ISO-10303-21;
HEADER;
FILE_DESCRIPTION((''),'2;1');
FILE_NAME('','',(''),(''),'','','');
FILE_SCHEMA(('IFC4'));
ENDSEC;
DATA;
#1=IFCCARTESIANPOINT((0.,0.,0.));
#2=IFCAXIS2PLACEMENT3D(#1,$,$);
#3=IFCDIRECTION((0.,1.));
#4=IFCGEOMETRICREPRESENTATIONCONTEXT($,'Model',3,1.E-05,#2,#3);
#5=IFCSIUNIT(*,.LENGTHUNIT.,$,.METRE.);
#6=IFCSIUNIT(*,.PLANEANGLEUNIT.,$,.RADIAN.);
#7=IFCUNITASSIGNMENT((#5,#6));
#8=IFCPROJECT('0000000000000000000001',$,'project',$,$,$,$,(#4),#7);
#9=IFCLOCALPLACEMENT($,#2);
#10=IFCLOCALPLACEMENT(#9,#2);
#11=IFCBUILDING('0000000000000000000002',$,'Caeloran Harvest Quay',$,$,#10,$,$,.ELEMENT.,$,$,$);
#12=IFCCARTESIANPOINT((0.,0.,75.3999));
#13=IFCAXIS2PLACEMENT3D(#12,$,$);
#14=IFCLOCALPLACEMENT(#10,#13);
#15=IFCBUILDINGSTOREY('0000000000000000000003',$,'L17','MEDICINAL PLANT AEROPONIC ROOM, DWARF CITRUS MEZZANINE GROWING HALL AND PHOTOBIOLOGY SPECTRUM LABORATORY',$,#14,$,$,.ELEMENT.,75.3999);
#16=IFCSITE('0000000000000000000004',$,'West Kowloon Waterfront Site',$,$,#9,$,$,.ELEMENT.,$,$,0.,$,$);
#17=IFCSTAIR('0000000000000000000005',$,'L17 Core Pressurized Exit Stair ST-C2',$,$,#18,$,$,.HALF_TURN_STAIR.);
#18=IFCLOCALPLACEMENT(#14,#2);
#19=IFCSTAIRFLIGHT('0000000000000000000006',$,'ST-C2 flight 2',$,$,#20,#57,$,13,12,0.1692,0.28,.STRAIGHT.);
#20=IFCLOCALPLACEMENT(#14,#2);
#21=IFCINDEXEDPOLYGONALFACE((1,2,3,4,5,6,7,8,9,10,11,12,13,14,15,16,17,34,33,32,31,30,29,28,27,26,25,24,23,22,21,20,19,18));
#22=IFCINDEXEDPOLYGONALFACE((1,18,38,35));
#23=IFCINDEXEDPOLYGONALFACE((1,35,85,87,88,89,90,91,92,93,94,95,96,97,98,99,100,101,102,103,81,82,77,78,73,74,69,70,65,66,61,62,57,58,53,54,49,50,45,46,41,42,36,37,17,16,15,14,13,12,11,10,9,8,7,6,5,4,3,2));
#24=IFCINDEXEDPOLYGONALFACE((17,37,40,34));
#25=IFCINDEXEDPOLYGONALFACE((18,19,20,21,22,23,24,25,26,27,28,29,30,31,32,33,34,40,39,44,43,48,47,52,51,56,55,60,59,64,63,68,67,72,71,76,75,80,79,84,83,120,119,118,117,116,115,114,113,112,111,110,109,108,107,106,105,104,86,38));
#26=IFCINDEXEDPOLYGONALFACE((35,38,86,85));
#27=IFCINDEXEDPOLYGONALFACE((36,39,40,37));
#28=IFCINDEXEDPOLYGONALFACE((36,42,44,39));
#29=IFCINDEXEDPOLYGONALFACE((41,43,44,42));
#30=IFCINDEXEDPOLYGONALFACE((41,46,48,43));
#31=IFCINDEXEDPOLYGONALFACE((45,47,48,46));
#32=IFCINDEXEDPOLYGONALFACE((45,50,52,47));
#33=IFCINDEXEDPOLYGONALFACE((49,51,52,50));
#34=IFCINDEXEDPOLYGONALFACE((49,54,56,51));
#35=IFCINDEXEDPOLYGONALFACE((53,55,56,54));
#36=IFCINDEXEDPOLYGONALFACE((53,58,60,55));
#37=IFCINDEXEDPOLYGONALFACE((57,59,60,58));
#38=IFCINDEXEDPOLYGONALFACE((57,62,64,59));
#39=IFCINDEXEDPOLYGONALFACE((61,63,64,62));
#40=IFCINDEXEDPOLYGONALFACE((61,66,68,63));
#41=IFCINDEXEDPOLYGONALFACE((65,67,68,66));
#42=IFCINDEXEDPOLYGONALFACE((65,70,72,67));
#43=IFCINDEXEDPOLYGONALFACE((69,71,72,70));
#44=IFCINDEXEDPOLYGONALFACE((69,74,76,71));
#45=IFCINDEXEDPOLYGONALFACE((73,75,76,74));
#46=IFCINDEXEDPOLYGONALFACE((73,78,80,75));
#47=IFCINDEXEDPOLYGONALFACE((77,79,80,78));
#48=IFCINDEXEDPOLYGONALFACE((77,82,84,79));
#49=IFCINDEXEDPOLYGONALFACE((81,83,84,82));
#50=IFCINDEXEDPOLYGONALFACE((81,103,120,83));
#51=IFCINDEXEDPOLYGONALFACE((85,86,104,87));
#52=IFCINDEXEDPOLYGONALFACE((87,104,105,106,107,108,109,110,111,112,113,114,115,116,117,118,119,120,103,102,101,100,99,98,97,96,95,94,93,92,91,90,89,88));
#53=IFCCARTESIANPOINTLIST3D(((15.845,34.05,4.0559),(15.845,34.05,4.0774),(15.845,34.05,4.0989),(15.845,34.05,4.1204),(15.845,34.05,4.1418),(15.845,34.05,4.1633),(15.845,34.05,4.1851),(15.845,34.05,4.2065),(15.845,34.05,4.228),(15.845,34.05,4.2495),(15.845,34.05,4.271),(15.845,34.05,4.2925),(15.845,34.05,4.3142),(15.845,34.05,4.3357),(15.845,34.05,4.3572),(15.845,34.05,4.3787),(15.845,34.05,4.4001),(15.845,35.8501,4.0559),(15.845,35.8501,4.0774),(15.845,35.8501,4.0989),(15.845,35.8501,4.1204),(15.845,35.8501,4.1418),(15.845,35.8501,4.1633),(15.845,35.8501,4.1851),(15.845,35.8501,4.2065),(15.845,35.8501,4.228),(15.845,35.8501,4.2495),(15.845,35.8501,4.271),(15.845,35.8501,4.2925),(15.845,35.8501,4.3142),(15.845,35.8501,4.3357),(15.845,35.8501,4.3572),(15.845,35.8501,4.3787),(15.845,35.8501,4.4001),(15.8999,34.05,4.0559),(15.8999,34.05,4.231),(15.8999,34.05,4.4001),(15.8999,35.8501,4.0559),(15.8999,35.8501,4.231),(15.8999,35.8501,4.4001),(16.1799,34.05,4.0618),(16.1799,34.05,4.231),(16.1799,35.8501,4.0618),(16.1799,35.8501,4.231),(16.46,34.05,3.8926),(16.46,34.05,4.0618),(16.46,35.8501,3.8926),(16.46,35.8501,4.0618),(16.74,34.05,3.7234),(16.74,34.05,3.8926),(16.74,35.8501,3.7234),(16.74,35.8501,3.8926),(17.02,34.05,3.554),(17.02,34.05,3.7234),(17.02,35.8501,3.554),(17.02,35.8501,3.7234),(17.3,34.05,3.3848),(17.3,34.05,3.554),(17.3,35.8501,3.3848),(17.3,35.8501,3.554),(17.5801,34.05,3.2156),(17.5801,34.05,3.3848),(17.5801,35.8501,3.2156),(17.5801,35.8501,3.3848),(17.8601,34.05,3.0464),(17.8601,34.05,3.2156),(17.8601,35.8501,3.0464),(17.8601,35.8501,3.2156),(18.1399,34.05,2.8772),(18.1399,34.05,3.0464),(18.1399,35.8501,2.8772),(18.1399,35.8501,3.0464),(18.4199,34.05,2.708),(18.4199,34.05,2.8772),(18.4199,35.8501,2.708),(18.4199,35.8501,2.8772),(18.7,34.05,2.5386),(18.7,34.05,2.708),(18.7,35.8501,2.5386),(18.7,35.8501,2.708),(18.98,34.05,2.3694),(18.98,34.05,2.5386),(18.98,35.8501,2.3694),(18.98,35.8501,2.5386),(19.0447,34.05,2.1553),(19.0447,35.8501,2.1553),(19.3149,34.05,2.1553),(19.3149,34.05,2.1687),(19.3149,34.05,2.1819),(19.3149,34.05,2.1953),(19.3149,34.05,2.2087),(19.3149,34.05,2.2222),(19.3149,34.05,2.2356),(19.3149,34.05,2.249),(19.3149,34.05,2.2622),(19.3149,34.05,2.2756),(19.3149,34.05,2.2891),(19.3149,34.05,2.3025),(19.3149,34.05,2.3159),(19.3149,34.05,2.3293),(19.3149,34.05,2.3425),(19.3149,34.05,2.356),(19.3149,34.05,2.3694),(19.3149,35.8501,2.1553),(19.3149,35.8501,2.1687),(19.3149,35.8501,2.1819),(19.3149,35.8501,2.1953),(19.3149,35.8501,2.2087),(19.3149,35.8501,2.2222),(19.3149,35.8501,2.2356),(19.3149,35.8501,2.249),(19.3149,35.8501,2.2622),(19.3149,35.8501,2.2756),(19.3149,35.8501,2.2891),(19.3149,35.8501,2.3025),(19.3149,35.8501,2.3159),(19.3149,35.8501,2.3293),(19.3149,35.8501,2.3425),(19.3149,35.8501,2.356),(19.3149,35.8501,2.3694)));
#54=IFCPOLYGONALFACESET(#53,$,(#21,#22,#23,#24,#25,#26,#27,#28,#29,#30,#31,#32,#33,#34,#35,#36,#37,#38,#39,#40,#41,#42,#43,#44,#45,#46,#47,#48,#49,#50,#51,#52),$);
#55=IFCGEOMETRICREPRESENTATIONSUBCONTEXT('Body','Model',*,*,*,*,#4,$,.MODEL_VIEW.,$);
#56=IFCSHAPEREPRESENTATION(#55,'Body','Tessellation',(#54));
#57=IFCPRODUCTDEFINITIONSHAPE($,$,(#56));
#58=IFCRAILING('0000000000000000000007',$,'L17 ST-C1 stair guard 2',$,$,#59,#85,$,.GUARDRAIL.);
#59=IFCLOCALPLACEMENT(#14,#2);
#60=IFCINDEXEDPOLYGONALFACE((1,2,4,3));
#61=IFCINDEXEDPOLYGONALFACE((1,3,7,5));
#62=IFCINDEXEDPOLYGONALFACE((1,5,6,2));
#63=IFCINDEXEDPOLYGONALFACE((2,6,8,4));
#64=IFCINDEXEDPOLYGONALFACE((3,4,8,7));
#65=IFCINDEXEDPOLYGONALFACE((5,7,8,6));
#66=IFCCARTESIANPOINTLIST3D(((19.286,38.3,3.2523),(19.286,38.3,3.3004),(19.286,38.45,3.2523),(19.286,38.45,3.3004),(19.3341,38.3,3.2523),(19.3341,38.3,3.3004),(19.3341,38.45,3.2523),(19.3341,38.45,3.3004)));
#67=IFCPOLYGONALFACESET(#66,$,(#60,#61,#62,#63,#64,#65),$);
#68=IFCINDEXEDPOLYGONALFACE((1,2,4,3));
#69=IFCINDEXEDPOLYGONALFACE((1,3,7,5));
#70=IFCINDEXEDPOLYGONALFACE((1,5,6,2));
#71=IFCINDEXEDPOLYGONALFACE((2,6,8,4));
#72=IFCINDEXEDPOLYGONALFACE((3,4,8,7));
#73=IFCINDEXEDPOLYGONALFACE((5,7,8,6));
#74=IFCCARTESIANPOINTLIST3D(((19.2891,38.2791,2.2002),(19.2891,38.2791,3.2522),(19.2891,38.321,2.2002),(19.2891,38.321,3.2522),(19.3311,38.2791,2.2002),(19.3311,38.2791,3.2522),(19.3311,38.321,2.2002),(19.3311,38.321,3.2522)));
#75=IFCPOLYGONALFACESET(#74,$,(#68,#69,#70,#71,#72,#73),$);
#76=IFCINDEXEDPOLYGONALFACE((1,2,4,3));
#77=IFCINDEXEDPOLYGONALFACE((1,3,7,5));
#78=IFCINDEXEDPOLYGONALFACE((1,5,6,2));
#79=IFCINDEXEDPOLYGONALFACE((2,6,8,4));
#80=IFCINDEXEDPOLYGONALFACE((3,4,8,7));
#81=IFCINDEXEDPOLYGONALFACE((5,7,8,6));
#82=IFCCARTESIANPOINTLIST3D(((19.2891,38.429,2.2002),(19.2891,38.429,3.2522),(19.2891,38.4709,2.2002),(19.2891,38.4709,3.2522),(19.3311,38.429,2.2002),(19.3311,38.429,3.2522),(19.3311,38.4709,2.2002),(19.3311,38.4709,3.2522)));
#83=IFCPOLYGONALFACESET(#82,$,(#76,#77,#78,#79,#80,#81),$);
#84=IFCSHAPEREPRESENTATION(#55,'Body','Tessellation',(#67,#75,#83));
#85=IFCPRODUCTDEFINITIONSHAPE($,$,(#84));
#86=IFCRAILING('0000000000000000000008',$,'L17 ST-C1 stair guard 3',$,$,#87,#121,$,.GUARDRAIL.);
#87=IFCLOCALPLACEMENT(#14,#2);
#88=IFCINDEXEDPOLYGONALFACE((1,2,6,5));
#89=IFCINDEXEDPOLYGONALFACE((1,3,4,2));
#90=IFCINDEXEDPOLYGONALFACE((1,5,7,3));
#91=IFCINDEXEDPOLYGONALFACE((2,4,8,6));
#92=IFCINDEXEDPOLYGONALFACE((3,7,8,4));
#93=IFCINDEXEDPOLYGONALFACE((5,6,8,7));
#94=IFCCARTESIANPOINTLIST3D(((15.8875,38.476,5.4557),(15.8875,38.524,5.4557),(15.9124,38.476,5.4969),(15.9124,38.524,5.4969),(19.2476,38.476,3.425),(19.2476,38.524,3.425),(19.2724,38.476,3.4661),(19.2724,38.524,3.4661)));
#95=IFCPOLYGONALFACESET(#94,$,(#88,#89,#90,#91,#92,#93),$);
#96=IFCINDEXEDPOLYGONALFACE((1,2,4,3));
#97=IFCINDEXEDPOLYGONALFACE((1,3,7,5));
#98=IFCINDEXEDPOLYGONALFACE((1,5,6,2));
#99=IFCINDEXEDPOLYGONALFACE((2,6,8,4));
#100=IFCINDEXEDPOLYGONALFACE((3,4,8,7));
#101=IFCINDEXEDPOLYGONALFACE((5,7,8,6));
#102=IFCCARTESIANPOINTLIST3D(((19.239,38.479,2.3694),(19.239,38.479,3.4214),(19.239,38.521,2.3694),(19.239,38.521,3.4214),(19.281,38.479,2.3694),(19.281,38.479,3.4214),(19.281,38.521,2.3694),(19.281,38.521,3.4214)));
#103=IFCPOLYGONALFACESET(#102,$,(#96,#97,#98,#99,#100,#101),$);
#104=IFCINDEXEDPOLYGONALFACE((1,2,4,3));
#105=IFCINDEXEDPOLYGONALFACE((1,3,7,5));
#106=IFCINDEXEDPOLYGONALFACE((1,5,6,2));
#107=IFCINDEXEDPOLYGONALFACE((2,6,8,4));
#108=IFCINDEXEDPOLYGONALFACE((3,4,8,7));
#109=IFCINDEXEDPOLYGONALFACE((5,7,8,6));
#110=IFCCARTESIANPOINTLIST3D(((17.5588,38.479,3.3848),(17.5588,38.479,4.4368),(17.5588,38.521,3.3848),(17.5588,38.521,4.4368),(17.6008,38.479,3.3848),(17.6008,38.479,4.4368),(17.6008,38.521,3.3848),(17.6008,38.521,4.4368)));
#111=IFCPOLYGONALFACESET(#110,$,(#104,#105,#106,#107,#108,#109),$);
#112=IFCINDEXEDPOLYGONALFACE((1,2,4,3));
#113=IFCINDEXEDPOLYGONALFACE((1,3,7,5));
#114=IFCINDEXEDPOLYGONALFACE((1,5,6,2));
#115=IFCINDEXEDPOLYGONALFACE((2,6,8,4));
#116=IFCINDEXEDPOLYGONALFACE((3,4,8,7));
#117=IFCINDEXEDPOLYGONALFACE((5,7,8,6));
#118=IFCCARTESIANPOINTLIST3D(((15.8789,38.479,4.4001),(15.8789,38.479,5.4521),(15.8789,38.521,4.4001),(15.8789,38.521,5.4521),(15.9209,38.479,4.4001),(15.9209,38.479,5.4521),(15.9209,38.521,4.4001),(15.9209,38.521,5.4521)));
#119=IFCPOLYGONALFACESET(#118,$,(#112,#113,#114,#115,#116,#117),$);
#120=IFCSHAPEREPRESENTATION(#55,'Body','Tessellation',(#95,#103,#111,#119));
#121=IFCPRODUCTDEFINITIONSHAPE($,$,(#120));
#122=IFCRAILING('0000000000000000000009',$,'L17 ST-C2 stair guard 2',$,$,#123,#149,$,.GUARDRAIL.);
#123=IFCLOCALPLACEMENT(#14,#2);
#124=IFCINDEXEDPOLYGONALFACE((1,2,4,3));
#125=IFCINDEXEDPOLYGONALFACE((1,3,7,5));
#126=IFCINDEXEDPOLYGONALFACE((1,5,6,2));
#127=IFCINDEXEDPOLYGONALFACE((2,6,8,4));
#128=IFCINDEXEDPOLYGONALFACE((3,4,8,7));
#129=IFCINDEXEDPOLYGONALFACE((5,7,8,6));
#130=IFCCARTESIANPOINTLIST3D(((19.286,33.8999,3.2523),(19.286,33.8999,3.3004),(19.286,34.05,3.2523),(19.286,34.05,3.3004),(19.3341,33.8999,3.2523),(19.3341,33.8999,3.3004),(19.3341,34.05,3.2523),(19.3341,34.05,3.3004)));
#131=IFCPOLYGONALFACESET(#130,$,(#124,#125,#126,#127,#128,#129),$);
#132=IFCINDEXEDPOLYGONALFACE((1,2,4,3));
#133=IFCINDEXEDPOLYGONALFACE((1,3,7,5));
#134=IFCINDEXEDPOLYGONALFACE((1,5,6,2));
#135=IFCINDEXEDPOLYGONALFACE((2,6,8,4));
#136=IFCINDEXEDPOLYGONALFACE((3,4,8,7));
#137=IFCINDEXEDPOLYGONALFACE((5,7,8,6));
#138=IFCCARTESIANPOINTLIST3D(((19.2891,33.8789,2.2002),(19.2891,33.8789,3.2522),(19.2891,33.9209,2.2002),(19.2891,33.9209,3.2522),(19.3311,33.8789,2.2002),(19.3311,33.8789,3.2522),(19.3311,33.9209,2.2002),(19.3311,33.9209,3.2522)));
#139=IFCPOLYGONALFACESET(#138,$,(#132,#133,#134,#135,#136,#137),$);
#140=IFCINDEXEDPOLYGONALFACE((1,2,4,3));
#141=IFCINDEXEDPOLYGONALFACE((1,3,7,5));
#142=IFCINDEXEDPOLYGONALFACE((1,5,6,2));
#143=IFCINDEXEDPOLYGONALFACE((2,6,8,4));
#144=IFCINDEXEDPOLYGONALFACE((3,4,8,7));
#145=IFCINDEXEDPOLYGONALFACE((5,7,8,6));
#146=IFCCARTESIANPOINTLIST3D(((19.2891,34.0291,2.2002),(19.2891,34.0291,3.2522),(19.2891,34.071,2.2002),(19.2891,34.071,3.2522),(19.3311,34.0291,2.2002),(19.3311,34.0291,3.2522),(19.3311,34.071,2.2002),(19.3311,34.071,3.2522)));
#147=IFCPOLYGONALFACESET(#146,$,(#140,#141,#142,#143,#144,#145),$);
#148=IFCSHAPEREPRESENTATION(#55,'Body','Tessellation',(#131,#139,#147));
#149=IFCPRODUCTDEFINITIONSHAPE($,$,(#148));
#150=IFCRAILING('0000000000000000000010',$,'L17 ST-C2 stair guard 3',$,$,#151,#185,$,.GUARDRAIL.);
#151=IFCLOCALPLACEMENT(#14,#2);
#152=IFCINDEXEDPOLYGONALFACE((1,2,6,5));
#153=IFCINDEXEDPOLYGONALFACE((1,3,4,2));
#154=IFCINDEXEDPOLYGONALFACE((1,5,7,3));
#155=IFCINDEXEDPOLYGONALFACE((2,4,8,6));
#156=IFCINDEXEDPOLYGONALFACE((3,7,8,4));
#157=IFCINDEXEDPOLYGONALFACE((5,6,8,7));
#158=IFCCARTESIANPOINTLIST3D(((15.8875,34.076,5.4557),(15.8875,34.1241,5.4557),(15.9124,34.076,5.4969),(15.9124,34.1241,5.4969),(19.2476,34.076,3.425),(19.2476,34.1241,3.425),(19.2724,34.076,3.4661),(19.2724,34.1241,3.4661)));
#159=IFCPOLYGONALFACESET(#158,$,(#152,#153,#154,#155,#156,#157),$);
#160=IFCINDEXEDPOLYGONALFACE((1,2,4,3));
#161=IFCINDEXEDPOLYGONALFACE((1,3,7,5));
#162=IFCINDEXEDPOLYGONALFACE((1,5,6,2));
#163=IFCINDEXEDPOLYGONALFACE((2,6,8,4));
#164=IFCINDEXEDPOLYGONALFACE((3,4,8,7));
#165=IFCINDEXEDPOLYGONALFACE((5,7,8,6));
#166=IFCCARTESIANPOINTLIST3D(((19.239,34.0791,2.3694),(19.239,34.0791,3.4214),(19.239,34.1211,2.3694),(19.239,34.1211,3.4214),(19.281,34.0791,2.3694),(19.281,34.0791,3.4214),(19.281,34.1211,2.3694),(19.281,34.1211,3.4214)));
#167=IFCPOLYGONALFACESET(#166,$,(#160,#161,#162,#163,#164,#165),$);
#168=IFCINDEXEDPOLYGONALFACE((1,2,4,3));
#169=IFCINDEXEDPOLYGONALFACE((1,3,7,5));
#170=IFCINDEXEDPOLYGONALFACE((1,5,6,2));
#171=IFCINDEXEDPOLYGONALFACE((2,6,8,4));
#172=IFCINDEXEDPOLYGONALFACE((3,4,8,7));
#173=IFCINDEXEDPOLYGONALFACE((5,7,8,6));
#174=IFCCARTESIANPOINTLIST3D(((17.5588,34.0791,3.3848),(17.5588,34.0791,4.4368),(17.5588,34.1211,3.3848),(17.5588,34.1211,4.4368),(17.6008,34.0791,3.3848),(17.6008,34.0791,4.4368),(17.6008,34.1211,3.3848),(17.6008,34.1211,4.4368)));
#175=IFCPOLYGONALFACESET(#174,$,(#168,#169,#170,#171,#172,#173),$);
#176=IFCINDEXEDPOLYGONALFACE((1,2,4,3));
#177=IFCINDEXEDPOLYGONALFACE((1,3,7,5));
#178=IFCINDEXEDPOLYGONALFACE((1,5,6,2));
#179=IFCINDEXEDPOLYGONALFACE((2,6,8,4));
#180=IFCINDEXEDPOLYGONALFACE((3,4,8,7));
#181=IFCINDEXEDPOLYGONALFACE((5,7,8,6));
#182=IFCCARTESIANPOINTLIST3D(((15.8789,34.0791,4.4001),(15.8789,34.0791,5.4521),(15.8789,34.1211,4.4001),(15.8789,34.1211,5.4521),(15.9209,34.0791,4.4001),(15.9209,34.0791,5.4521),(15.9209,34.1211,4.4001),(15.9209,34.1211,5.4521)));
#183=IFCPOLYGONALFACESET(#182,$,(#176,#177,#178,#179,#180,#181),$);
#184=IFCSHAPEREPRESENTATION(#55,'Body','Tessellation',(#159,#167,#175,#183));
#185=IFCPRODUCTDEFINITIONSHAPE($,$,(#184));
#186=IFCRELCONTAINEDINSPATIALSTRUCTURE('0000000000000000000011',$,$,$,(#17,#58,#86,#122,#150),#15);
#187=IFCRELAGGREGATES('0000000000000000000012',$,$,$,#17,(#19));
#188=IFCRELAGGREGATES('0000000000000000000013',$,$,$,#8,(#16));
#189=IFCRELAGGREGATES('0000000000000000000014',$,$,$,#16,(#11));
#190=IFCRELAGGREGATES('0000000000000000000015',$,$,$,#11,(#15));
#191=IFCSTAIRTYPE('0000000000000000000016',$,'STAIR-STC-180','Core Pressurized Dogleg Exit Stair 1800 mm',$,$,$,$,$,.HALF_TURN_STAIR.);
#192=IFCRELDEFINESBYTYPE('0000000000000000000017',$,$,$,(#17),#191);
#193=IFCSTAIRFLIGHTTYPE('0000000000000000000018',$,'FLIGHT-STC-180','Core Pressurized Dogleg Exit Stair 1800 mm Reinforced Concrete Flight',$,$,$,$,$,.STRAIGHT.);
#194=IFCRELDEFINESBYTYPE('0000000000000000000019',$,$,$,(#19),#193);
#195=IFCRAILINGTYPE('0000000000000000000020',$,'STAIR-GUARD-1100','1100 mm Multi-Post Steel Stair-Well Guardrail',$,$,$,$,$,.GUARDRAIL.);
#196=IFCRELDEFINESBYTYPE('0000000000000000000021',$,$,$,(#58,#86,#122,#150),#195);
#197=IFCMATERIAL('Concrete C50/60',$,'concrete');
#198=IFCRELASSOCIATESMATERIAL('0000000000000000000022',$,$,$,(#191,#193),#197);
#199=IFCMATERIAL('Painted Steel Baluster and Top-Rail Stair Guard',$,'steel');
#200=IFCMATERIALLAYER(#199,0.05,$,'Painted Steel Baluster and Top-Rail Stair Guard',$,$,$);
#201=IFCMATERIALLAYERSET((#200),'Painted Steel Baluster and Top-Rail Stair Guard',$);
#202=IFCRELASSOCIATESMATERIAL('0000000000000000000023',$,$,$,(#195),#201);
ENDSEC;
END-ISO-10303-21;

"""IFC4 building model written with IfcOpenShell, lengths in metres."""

from ifc_helpers import new_model, si_unit, direction, frame, origin, origin_2d, place, context, subcontext, project, spatial, polyline, rectangle, outline, extrude, material, layer, layer_set, type_object, element, aggregate, save


model = new_model("IFC4")

# Units and contexts
model_context = context("Model", 3, precision=1e-05, world=origin(), true_north=direction((0.0, 1.0)))
body_context = subcontext(model_context, "Body", "Model", "MODEL_VIEW")
ifc_project = project(units=[si_unit("LENGTHUNIT", "METRE"), si_unit("PLANEANGLEUNIT", "RADIAN")], contexts=[model_context])

# Site, building, storey
site_placement = place(None, origin())
site = spatial("IfcSite", under=ifc_project, at=site_placement, Name="West Kowloon Waterfront Site", CompositionType="ELEMENT", RefElevation=0.0)
building_placement = place(site_placement, origin())
building = spatial("IfcBuilding", under=site, at=building_placement, Name="Caeloran Harvest Quay", CompositionType="ELEMENT")
storey_placement = place(building_placement, frame((0.0, 0.0, 75.3999)))
storey = spatial("IfcBuildingStorey", under=building, at=storey_placement, Name="L17", Description="MEDICINAL PLANT AEROPONIC ROOM, DWARF CITRUS MEZZANINE GROWING HALL AND PHOTOBIOLOGY SPECTRUM LABORATORY", CompositionType="ELEMENT", Elevation=75.3999)

# Shared definitions
ifc_material_1 = material(Name="Concrete C50/60", Category="concrete")

# Stair, stair flight
stair_type = type_object("IfcStairType", Name="STAIR-STC-180", Description="Core Pressurized Dogleg Exit Stair 1800 mm", PredefinedType="HALF_TURN_STAIR", material=ifc_material_1)
stair_flight_type = type_object("IfcStairFlightType", Name="FLIGHT-STC-180", Description="Core Pressurized Dogleg Exit Stair 1800 mm Reinforced Concrete Flight", PredefinedType="STRAIGHT", material=ifc_material_1)
stair_1_placement = place(storey_placement, origin())
stair_1 = element("IfcStair", 1, at=stair_1_placement, inside=storey, type_object=stair_type, Name="L17 Core Pressurized Exit Stair ST-C2", PredefinedType="HALF_TURN_STAIR")
stair_flight_1_placement = place(storey_placement, frame((19.26, 34.95, 2.2002), z_axis=(0.0, 0.0, 1.0), x_axis=(-1.0, 0.0, 0.0)))
stair_flight_1 = element("IfcStairFlight", 2, at=stair_flight_1_placement, type_object=stair_flight_type, Name="ST-C2 flight 2", NumberOfRisers=13, NumberOfTreads=12, PredefinedType="STRAIGHT", RiserHeight=0.1692, TreadLength=0.28, context=body_context, shape_type="SweptSolid", body=[
    extrude(outline(polyline([(-0.0549, -0.0449), (-0.0549, -0.0315), (-0.0549, -0.0183), (-0.0549, -0.0049), (-0.0549, 0.0085), (-0.0549, 0.022), (-0.0549, 0.0354), (-0.0549, 0.0488), (-0.0549, 0.062), (-0.0549, 0.0754), (-0.0549, 0.0889), (-0.0549, 0.1023), (-0.0549, 0.1157), (-0.0549, 0.1292), (-0.0549, 0.1423), (-0.0549, 0.1558), (-0.0549, 0.1692), (0.28, 0.1692), (0.28, 0.3384), (0.5601, 0.3384), (0.5601, 0.5078), (0.8401, 0.5078), (0.8401, 0.677), (1.1201, 0.677), (1.1201, 0.8462), (1.3999, 0.8462), (1.3999, 1.0154), (1.6799, 1.0154), (1.6799, 1.1846), (1.96, 1.1846), (1.96, 1.3538), (2.24, 1.3538), (2.24, 1.5232), (2.52, 1.5232), (2.52, 1.6924), (2.8, 1.6924), (2.8, 1.8616), (3.0801, 1.8616), (3.0801, 2.0308), (3.3601, 2.0308), (3.3601, 2.2), (3.415, 2.2), (3.415, 2.1785), (3.415, 2.157), (3.415, 2.1355), (3.415, 2.114), (3.415, 2.0923), (3.415, 2.0708), (3.415, 2.0493), (3.415, 2.0278), (3.415, 2.0063), (3.415, 1.9849), (3.415, 1.9631), (3.415, 1.9417), (3.415, 1.9202), (3.415, 1.8987), (3.415, 1.8772), (3.415, 1.8557), (3.3601, 1.8557), (0.2153, -0.0449), (-0.0549, -0.0449)])), frame((0.0, 0.8999, 0.0), z_axis=(0.0, -1.0, 0.0), x_axis=(1.0, 0.0, 0.0)), (0.0, 0.0, 1.0), 1.8),
])
aggregate(stair_1, [stair_flight_1])

# Railings
ifc_material_2 = material(Name="Painted Steel Baluster and Top-Rail Stair Guard", Category="steel")
ifc_layer_1 = layer(ifc_material_2, 0.05, Name="Painted Steel Baluster and Top-Rail Stair Guard")
ifc_layer_set_1 = layer_set([ifc_layer_1], Name="Painted Steel Baluster and Top-Rail Stair Guard")
railing_type_1 = type_object("IfcRailingType", Name="STAIR-GUARD-1100", Description="1100 mm Multi-Post Steel Stair-Well Guardrail", PredefinedType="GUARDRAIL", material=ifc_layer_set_1)
railing_1_placement = place(storey_placement, frame((19.3101, 38.3, 2.2002)))
element("IfcRailing", 3, at=railing_1_placement, inside=storey, type_object=railing_type_1, Name="L17 ST-C1 stair guard 2", PredefinedType="GUARDRAIL", context=body_context, shape_type="SweptSolid", body=[
    extrude(rectangle(XDim=0.0481, YDim=0.0481, at=origin_2d()), frame((0.0, 0.0, 1.0762), z_axis=(0.0, 1.0, 0.0), x_axis=(-1.0, 0.0, 0.0)), (0.0, 0.0, 1.0), 0.1499),
    extrude(rectangle(XDim=0.042, YDim=0.042, at=origin_2d()), origin(), (0.0, 0.0, 1.0), 1.052),
    extrude(rectangle(XDim=0.042, YDim=0.042, at=origin_2d()), frame((0.0, 0.1499, 0.0)), (0.0, 0.0, 1.0), 1.052),
])
railing_2_placement = place(storey_placement, frame((19.26, 38.5, 2.3694)))
element("IfcRailing", 4, at=railing_2_placement, inside=storey, type_object=railing_type_1, Name="L17 ST-C1 stair guard 3", PredefinedType="GUARDRAIL", context=body_context, shape_type="SweptSolid", body=[
    extrude(rectangle(XDim=0.0481, YDim=0.0481, at=origin_2d()), frame((0.0, 0.0, 1.0762), z_axis=(-0.855837, 0.0, 0.517246), x_axis=(0.0, -1.0, 0.0)), (0.0, 0.0, 1.0), 3.926),
    extrude(rectangle(XDim=0.042, YDim=0.042, at=origin_2d()), origin(), (0.0, 0.0, 1.0), 1.052),
    extrude(rectangle(XDim=0.042, YDim=0.042, at=origin_2d()), frame((-1.6802, 0.0, 1.0154)), (0.0, 0.0, 1.0), 1.052),
    extrude(rectangle(XDim=0.042, YDim=0.042, at=origin_2d()), frame((-3.3601, 0.0, 2.0308)), (0.0, 0.0, 1.0), 1.052),
])
railing_3_placement = place(storey_placement, frame((19.3101, 33.8999, 2.2002)))
element("IfcRailing", 5, at=railing_3_placement, inside=storey, type_object=railing_type_1, Name="L17 ST-C2 stair guard 2", PredefinedType="GUARDRAIL", context=body_context, shape_type="SweptSolid", body=[
    extrude(rectangle(XDim=0.0481, YDim=0.0481, at=origin_2d()), frame((0.0, 0.0, 1.0762), z_axis=(0.0, 1.0, 0.0), x_axis=(-1.0, 0.0, 0.0)), (0.0, 0.0, 1.0), 0.1501),
    extrude(rectangle(XDim=0.042, YDim=0.042, at=origin_2d()), origin(), (0.0, 0.0, 1.0), 1.052),
    extrude(rectangle(XDim=0.042, YDim=0.042, at=origin_2d()), frame((0.0, 0.1501, 0.0)), (0.0, 0.0, 1.0), 1.052),
])
railing_4_placement = place(storey_placement, frame((19.26, 34.1001, 2.3694)))
element("IfcRailing", 6, at=railing_4_placement, inside=storey, type_object=railing_type_1, Name="L17 ST-C2 stair guard 3", PredefinedType="GUARDRAIL", context=body_context, shape_type="SweptSolid", body=[
    extrude(rectangle(XDim=0.0481, YDim=0.0481, at=origin_2d()), frame((0.0, 0.0, 1.0762), z_axis=(-0.855837, 0.0, 0.517246), x_axis=(0.0, -1.0, 0.0)), (0.0, 0.0, 1.0), 3.926),
    extrude(rectangle(XDim=0.042, YDim=0.042, at=origin_2d()), origin(), (0.0, 0.0, 1.0), 1.052),
    extrude(rectangle(XDim=0.042, YDim=0.042, at=origin_2d()), frame((-1.6802, 0.0, 1.0154)), (0.0, 0.0, 1.0), 1.052),
    extrude(rectangle(XDim=0.042, YDim=0.042, at=origin_2d()), frame((-3.3601, 0.0, 2.0308)), (0.0, 0.0, 1.0), 1.052),
])

save(model, "model.ifc")
